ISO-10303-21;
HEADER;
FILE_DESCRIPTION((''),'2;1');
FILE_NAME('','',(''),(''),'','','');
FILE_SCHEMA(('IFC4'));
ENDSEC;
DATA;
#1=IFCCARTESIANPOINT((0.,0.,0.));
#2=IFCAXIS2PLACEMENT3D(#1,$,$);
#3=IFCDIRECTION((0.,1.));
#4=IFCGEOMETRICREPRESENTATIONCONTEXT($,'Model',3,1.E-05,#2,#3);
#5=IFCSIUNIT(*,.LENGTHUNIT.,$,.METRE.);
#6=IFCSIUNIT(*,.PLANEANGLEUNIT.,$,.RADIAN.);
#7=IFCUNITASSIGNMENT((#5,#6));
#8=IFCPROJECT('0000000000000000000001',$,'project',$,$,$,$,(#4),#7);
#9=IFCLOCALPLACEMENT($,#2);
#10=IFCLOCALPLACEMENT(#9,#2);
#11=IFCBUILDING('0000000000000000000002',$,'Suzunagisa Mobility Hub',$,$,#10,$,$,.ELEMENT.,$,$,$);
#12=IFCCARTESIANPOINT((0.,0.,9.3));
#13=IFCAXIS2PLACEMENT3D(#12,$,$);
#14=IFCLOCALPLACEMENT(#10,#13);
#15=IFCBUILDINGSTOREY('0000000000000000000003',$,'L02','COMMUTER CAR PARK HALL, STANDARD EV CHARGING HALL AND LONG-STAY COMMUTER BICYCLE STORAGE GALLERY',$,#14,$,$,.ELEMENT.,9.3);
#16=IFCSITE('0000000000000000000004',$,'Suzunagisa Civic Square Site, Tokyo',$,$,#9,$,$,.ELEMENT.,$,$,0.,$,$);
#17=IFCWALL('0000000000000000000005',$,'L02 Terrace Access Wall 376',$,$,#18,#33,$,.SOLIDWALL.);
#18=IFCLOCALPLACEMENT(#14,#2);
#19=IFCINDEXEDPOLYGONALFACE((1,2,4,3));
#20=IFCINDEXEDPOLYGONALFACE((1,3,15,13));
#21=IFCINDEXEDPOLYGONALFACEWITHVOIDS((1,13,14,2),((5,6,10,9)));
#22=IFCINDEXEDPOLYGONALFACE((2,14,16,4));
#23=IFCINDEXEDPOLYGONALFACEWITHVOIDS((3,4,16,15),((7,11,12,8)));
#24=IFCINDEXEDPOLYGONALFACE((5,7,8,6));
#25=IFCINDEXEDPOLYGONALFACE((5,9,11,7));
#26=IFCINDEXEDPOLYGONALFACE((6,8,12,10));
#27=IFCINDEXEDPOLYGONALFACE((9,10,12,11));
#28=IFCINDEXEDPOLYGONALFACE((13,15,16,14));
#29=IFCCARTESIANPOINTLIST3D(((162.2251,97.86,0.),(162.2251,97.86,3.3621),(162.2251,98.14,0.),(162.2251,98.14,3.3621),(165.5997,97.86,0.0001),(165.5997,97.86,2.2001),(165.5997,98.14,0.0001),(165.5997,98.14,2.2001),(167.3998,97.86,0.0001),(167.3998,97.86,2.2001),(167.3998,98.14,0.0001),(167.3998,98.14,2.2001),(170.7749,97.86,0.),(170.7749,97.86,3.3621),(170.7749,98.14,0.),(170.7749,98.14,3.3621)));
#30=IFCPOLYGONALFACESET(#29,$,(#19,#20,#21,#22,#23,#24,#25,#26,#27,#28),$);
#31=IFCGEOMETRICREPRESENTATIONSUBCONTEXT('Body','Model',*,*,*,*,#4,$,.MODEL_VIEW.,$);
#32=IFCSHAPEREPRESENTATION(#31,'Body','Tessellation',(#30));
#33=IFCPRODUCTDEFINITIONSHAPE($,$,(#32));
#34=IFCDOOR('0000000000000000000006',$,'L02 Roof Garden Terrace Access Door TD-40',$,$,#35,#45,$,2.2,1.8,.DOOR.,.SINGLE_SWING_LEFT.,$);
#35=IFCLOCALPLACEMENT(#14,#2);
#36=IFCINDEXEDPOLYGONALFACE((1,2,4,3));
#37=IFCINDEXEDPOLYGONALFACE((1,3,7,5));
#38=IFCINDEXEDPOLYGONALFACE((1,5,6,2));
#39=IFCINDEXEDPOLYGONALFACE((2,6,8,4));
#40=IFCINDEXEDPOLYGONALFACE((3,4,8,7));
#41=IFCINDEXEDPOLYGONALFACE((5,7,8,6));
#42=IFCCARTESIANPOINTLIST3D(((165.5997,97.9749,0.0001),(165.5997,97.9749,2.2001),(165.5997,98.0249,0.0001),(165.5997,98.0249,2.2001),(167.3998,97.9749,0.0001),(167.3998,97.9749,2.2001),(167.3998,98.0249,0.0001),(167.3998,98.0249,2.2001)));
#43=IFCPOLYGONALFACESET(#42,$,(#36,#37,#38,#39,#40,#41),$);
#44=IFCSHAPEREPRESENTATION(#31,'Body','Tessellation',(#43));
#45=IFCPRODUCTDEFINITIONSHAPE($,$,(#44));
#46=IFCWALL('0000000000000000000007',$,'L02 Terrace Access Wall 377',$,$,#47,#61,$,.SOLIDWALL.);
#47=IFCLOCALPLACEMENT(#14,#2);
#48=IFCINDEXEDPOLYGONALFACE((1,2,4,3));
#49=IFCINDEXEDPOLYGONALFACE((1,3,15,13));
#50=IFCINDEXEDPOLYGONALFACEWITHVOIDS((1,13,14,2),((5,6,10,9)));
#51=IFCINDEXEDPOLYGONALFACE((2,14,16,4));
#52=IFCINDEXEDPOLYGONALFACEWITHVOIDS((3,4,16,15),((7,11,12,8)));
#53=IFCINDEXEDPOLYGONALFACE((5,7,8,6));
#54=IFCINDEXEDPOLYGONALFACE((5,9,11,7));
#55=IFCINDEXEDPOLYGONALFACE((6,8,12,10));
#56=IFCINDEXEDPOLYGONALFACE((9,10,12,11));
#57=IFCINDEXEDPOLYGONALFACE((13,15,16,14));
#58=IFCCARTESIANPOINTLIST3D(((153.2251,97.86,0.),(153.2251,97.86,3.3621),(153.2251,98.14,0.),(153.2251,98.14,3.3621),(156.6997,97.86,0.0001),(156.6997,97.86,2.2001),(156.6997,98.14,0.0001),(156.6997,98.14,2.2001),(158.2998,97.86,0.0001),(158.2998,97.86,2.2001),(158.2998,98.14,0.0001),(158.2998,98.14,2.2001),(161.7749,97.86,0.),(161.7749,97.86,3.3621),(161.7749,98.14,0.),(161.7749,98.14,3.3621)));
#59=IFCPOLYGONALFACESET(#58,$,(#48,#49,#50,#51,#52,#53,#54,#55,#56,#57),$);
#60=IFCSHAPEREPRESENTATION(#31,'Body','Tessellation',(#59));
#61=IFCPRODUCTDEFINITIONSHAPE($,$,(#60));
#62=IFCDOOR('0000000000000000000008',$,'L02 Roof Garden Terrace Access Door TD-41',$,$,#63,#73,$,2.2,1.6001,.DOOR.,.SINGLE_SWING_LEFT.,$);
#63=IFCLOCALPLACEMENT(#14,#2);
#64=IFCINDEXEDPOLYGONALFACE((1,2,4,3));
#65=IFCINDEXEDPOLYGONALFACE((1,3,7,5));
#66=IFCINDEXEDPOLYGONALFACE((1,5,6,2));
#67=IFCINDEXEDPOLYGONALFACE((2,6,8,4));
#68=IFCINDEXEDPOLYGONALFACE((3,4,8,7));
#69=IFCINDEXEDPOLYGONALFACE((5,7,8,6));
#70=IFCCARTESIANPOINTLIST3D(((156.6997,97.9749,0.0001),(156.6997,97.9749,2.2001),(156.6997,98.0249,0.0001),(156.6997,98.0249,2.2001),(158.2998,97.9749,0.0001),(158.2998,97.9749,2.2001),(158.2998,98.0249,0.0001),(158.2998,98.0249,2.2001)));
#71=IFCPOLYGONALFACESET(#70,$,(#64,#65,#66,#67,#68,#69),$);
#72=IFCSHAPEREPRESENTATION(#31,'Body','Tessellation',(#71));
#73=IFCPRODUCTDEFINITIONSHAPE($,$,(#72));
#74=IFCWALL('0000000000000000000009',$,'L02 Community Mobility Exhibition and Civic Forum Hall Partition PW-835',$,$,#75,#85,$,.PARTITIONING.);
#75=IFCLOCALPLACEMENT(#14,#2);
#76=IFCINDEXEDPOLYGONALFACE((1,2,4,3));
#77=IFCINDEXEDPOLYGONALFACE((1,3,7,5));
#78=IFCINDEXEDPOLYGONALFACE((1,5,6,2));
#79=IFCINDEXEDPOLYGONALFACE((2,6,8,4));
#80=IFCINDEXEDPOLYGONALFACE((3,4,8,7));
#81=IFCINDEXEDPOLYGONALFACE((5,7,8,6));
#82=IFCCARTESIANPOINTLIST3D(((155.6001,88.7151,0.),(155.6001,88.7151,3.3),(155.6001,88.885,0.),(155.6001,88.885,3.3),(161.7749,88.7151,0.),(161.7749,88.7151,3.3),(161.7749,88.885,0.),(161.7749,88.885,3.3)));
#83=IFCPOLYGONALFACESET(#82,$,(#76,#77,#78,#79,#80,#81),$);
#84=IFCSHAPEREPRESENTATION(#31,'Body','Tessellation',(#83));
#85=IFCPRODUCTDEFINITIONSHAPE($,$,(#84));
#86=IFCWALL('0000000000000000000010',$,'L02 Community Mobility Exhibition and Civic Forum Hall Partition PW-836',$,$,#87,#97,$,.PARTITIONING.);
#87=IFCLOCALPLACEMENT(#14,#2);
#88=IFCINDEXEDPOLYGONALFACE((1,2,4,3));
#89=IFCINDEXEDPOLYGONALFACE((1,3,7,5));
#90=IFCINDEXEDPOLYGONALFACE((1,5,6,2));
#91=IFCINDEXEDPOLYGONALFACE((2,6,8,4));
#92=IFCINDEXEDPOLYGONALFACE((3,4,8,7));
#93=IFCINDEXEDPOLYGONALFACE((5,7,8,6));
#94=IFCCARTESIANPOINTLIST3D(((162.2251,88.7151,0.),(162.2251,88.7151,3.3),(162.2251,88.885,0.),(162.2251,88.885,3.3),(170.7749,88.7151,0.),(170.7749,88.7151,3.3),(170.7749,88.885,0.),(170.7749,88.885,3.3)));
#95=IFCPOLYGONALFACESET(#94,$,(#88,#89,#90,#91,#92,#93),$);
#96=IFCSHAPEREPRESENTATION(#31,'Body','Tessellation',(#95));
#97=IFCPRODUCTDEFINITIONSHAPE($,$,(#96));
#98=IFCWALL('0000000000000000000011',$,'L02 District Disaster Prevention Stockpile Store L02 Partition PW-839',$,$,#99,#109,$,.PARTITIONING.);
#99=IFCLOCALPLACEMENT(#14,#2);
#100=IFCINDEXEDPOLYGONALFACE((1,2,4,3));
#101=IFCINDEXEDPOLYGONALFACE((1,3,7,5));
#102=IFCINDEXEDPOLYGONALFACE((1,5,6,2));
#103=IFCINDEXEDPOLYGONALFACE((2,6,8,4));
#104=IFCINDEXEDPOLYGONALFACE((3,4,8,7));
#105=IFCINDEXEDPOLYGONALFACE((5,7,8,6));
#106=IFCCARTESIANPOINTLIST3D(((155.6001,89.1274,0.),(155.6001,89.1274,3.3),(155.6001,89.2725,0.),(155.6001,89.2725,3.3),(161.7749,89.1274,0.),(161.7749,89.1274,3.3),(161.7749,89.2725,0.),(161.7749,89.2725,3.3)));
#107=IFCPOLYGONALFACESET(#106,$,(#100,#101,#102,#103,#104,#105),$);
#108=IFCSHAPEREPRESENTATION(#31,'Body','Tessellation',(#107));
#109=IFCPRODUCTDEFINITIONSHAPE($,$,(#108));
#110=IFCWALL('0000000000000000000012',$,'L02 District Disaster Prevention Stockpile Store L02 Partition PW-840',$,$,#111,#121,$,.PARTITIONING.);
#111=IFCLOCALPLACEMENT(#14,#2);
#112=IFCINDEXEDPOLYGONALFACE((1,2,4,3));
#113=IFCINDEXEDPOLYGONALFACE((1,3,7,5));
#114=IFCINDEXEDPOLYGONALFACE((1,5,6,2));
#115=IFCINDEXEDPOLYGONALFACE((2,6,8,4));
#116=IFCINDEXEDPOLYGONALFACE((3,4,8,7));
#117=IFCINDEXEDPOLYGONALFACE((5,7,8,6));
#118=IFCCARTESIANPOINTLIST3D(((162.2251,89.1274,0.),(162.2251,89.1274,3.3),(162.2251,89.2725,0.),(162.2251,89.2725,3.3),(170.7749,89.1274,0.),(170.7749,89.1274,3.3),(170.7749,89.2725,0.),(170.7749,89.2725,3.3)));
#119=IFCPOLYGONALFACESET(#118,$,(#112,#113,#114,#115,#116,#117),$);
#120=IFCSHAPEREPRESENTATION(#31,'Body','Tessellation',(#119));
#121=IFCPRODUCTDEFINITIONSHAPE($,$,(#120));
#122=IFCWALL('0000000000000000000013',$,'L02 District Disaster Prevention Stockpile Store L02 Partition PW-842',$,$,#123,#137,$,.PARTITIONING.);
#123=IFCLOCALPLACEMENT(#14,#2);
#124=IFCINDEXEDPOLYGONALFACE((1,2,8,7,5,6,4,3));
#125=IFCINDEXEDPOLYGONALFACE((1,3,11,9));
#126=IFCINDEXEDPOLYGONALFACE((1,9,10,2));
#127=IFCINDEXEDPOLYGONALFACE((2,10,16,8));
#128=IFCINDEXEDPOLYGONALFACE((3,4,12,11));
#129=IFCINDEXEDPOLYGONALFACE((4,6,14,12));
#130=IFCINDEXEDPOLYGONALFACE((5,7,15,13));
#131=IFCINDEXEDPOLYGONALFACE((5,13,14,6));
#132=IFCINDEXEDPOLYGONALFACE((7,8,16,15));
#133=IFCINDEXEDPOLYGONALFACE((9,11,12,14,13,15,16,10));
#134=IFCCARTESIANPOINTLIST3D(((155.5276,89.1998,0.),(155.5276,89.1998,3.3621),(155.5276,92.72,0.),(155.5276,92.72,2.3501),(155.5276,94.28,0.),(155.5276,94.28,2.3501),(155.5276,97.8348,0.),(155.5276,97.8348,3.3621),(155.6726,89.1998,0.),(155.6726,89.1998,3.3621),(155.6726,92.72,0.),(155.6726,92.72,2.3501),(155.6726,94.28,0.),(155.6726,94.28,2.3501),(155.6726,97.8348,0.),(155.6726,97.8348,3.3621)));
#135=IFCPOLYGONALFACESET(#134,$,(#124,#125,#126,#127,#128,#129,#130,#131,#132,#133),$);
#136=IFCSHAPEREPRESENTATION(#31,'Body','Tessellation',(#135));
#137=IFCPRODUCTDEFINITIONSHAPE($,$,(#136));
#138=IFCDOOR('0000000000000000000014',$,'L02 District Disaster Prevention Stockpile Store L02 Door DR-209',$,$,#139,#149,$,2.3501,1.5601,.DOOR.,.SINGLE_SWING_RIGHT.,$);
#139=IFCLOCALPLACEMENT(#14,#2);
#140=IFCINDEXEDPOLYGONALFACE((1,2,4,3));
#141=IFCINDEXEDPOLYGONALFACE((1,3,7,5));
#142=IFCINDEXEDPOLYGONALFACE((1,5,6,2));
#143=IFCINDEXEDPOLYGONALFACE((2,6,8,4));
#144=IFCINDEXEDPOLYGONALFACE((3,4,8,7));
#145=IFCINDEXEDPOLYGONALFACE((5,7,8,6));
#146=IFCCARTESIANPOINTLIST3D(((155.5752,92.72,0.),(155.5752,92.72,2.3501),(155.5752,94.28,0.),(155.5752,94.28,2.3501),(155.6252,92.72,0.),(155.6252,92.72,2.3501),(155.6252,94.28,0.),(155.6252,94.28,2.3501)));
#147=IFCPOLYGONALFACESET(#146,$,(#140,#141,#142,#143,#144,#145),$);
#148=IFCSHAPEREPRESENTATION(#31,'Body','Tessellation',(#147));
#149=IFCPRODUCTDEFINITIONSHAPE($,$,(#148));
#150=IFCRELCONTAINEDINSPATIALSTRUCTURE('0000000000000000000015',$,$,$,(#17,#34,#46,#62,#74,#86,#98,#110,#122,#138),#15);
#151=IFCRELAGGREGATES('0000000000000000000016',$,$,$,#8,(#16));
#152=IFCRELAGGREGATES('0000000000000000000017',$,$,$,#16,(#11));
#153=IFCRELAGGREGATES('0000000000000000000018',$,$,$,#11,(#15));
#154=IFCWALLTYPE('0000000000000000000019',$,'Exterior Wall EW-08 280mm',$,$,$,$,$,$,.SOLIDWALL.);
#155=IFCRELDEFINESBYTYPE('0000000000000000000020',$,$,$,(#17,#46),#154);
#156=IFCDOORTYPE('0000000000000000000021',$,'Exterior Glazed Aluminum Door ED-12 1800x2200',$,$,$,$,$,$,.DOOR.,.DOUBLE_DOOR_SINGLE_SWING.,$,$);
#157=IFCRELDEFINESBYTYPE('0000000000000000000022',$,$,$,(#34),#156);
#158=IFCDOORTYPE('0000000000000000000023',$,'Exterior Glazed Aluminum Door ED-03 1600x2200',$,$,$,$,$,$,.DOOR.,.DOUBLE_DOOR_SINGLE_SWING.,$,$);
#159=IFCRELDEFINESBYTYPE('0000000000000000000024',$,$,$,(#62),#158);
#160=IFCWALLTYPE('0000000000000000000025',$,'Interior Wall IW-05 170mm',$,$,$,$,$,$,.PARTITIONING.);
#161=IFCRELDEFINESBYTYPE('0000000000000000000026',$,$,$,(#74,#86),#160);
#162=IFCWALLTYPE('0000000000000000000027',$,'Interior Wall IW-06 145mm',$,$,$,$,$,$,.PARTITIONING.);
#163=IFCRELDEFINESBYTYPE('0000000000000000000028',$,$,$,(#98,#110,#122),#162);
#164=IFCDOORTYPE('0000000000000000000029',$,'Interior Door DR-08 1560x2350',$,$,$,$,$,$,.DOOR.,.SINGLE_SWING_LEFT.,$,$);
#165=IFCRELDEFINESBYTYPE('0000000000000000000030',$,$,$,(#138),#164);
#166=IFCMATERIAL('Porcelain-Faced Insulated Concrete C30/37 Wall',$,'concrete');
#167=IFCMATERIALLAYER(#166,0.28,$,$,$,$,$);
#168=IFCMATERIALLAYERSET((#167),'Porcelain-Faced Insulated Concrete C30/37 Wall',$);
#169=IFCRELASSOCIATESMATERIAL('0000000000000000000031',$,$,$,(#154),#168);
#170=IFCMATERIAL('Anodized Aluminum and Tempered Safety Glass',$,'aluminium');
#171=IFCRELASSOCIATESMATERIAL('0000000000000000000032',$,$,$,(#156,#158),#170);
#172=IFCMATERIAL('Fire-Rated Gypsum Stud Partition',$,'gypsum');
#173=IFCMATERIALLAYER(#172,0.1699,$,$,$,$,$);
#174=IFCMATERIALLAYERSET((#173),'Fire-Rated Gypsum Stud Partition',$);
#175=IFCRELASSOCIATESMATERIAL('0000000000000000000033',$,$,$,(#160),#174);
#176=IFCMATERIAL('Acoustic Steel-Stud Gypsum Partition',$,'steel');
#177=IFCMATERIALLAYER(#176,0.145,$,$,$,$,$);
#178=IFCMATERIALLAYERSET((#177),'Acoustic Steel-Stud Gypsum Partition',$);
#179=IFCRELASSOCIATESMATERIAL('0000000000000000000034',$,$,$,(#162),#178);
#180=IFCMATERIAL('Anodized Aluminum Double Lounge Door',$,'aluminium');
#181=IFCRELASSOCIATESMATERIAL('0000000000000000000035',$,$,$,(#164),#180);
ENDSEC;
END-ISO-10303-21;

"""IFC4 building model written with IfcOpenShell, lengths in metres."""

from ifc_helpers import new_model, si_unit, direction, frame, frame_2d, origin, place, context, subcontext, project, spatial, rectangle, extrude, material, layer, layer_set, type_object, element, fill, save


model = new_model("IFC4")

# Units and contexts
model_context = context("Model", 3, precision=1e-05, world=origin(), true_north=direction((0.0, 1.0)))
body_context = subcontext(model_context, "Body", "Model", "MODEL_VIEW")
ifc_project = project(units=[si_unit("LENGTHUNIT", "METRE"), si_unit("PLANEANGLEUNIT", "RADIAN")], contexts=[model_context])

# Site, building, storey
site_placement = place(None, origin())
site = spatial("IfcSite", under=ifc_project, at=site_placement, Name="Suzunagisa Civic Square Site, Tokyo", CompositionType="ELEMENT", RefElevation=0.0)
building_placement = place(site_placement, origin())
building = spatial("IfcBuilding", under=site, at=building_placement, Name="Suzunagisa Mobility Hub", CompositionType="ELEMENT")
storey_placement = place(building_placement, frame((0.0, 0.0, 9.3)))
storey = spatial("IfcBuildingStorey", under=building, at=storey_placement, Name="L02", Description="COMMUTER CAR PARK HALL, STANDARD EV CHARGING HALL AND LONG-STAY COMMUTER BICYCLE STORAGE GALLERY", CompositionType="ELEMENT", Elevation=9.3)

# Walls, openings, doors
ifc_material_1 = material(Name="Porcelain-Faced Insulated Concrete C30/37 Wall", Category="concrete")
ifc_layer_1 = layer(ifc_material_1, 0.28)
ifc_layer_set_1 = layer_set([ifc_layer_1], Name="Porcelain-Faced Insulated Concrete C30/37 Wall")
wall_type_1 = type_object("IfcWallType", Name="Exterior Wall EW-08 280mm", PredefinedType="SOLIDWALL", material=ifc_layer_set_1)
wall_1_placement = place(storey_placement, frame((170.7749, 98.0, 0.0), z_axis=(0.0, 0.0, 1.0), x_axis=(-1.0, 0.0, 0.0)))
wall_1 = element("IfcWall", 1, at=wall_1_placement, inside=storey, type_object=wall_type_1, Name="L02 Terrace Access Wall 376", PredefinedType="SOLIDWALL", context=body_context, shape_type="SweptSolid", body=[
    extrude(rectangle(XDim=8.5498, YDim=0.28, at=frame_2d((4.2749, 0.0))), origin(), (0.0, 0.0, 1.0), 3.3621),
])
opening_1_placement = place(wall_1_placement, frame((5.175, 0.0, 0.0), z_axis=(0.0, 0.0, 1.0), x_axis=(-1.0, 0.0, 0.0)))
opening_1 = element("IfcOpeningElement", 2, at=opening_1_placement, cuts=wall_1, PredefinedType="OPENING", context=body_context, shape_type="SweptSolid", body=[
    extrude(rectangle(XDim=1.8, YDim=2.2, at=frame_2d((0.8999, 1.1001))), frame((0.0, 0.1509, 0.0), z_axis=(0.0, -1.0, 0.0), x_axis=(1.0, 0.0, 0.0)), (0.0, 0.0, 1.0), 0.302),
])
ifc_material_2 = material(Name="Anodized Aluminum and Tempered Safety Glass", Category="aluminium")
door_type_1 = type_object("IfcDoorType", Name="Exterior Glazed Aluminum Door ED-12 1800x2200", OperationType="DOUBLE_DOOR_SINGLE_SWING", PredefinedType="DOOR", material=ifc_material_2)
door_1_placement = place(opening_1_placement, origin())
door_1 = element("IfcDoor", 3, at=door_1_placement, inside=storey, type_object=door_type_1, Name="L02 Roof Garden Terrace Access Door TD-40", OperationType="SINGLE_SWING_LEFT", OverallHeight=2.2, OverallWidth=1.8, PredefinedType="DOOR", context=body_context, shape_type="SweptSolid", body=[
    extrude(rectangle(XDim=1.8, YDim=2.2, at=frame_2d((0.8999, 1.1001))), frame((0.0, 0.0249, 0.0), z_axis=(0.0, -1.0, 0.0), x_axis=(1.0, 0.0, 0.0)), (0.0, 0.0, 1.0), 0.05),
])
fill(opening_1, door_1)
wall_2_placement = place(storey_placement, frame((161.7749, 98.0, 0.0), z_axis=(0.0, 0.0, 1.0), x_axis=(-1.0, 0.0, 0.0)))
wall_2 = element("IfcWall", 4, at=wall_2_placement, inside=storey, type_object=wall_type_1, Name="L02 Terrace Access Wall 377", PredefinedType="SOLIDWALL", context=body_context, shape_type="SweptSolid", body=[
    extrude(rectangle(XDim=8.5498, YDim=0.28, at=frame_2d((4.2749, 0.0))), origin(), (0.0, 0.0, 1.0), 3.3621),
])
opening_2_placement = place(wall_2_placement, frame((5.0752, 0.0, 0.0), z_axis=(0.0, 0.0, 1.0), x_axis=(-1.0, 0.0, 0.0)))
opening_2 = element("IfcOpeningElement", 5, at=opening_2_placement, cuts=wall_2, PredefinedType="OPENING", context=body_context, shape_type="SweptSolid", body=[
    extrude(rectangle(XDim=1.6001, YDim=2.2, at=frame_2d((0.8, 1.1001))), frame((0.0, 0.1509, 0.0), z_axis=(0.0, -1.0, 0.0), x_axis=(1.0, 0.0, 0.0)), (0.0, 0.0, 1.0), 0.302),
])
door_type_2 = type_object("IfcDoorType", Name="Exterior Glazed Aluminum Door ED-03 1600x2200", OperationType="DOUBLE_DOOR_SINGLE_SWING", PredefinedType="DOOR", material=ifc_material_2)
door_2_placement = place(opening_2_placement, origin())
door_2 = element("IfcDoor", 6, at=door_2_placement, inside=storey, type_object=door_type_2, Name="L02 Roof Garden Terrace Access Door TD-41", OperationType="SINGLE_SWING_LEFT", OverallHeight=2.2, OverallWidth=1.6001, PredefinedType="DOOR", context=body_context, shape_type="SweptSolid", body=[
    extrude(rectangle(XDim=1.6001, YDim=2.2, at=frame_2d((0.8, 1.1001))), frame((0.0, 0.0249, 0.0), z_axis=(0.0, -1.0, 0.0), x_axis=(1.0, 0.0, 0.0)), (0.0, 0.0, 1.0), 0.05),
])
fill(opening_2, door_2)

# Walls
ifc_material_3 = material(Name="Fire-Rated Gypsum Stud Partition", Category="gypsum")
ifc_layer_2 = layer(ifc_material_3, 0.1699)
ifc_layer_set_2 = layer_set([ifc_layer_2], Name="Fire-Rated Gypsum Stud Partition")
wall_type_2 = type_object("IfcWallType", Name="Interior Wall IW-05 170mm", PredefinedType="PARTITIONING", material=ifc_layer_set_2)
wall_3_placement = place(storey_placement, frame((155.6001, 88.8, 0.0), z_axis=(0.0, 0.0, 1.0), x_axis=(1.0, 0.0, 0.0)))
element("IfcWall", 7, at=wall_3_placement, inside=storey, type_object=wall_type_2, Name="L02 Community Mobility Exhibition and Civic Forum Hall Partition PW-835", PredefinedType="PARTITIONING", context=body_context, shape_type="SweptSolid", body=[
    extrude(rectangle(XDim=6.1748, YDim=0.1699, at=frame_2d((3.0874, 0.0))), origin(), (0.0, 0.0, 1.0), 3.3),
])
wall_4_placement = place(storey_placement, frame((162.2251, 88.8, 0.0), z_axis=(0.0, 0.0, 1.0), x_axis=(1.0, 0.0, 0.0)))
element("IfcWall", 8, at=wall_4_placement, inside=storey, type_object=wall_type_2, Name="L02 Community Mobility Exhibition and Civic Forum Hall Partition PW-836", PredefinedType="PARTITIONING", context=body_context, shape_type="SweptSolid", body=[
    extrude(rectangle(XDim=8.5498, YDim=0.1699, at=frame_2d((4.2749, 0.0))), origin(), (0.0, 0.0, 1.0), 3.3),
])
ifc_material_4 = material(Name="Acoustic Steel-Stud Gypsum Partition", Category="steel")
ifc_layer_3 = layer(ifc_material_4, 0.145)
ifc_layer_set_3 = layer_set([ifc_layer_3], Name="Acoustic Steel-Stud Gypsum Partition")
wall_type_3 = type_object("IfcWallType", Name="Interior Wall IW-06 145mm", PredefinedType="PARTITIONING", material=ifc_layer_set_3)
wall_5_placement = place(storey_placement, frame((155.6001, 89.2, 0.0), z_axis=(0.0, 0.0, 1.0), x_axis=(1.0, 0.0, 0.0)))
element("IfcWall", 9, at=wall_5_placement, inside=storey, type_object=wall_type_3, Name="L02 District Disaster Prevention Stockpile Store L02 Partition PW-839", PredefinedType="PARTITIONING", context=body_context, shape_type="SweptSolid", body=[
    extrude(rectangle(XDim=6.1748, YDim=0.145, at=frame_2d((3.0874, 0.0))), origin(), (0.0, 0.0, 1.0), 3.3),
])
wall_6_placement = place(storey_placement, frame((162.2251, 89.2, 0.0), z_axis=(0.0, 0.0, 1.0), x_axis=(1.0, 0.0, 0.0)))
element("IfcWall", 10, at=wall_6_placement, inside=storey, type_object=wall_type_3, Name="L02 District Disaster Prevention Stockpile Store L02 Partition PW-840", PredefinedType="PARTITIONING", context=body_context, shape_type="SweptSolid", body=[
    extrude(rectangle(XDim=8.5498, YDim=0.145, at=frame_2d((4.2749, 0.0))), origin(), (0.0, 0.0, 1.0), 3.3),
])

# Wall, opening, door
wall_7_placement = place(storey_placement, frame((155.6001, 89.2, 0.0), z_axis=(0.0, 0.0, 1.0), x_axis=(0.0, 1.0, 0.0)))
wall_7 = element("IfcWall", 11, at=wall_7_placement, inside=storey, type_object=wall_type_3, Name="L02 District Disaster Prevention Stockpile Store L02 Partition PW-842", PredefinedType="PARTITIONING", context=body_context, shape_type="SweptSolid", body=[
    extrude(rectangle(XDim=8.635, YDim=0.145, at=frame_2d((4.3174, 0.0))), origin(), (0.0, 0.0, 1.0), 3.3621),
])
opening_3_placement = place(wall_7_placement, frame((3.52, 0.0, 0.0)))
opening_3 = element("IfcOpeningElement", 12, at=opening_3_placement, cuts=wall_7, PredefinedType="OPENING", context=body_context, shape_type="SweptSolid", body=[
    extrude(rectangle(XDim=1.5601, YDim=2.3501, at=frame_2d((0.78, 1.175))), frame((0.0, 0.0835, 0.0), z_axis=(0.0, -1.0, 0.0), x_axis=(1.0, 0.0, 0.0)), (0.0, 0.0, 1.0), 0.167),
])
ifc_material_5 = material(Name="Anodized Aluminum Double Lounge Door", Category="aluminium")
door_type_3 = type_object("IfcDoorType", Name="Interior Door DR-08 1560x2350", OperationType="SINGLE_SWING_LEFT", PredefinedType="DOOR", material=ifc_material_5)
door_3_placement = place(opening_3_placement, origin())
door_3 = element("IfcDoor", 13, at=door_3_placement, inside=storey, type_object=door_type_3, Name="L02 District Disaster Prevention Stockpile Store L02 Door DR-209", OperationType="SINGLE_SWING_RIGHT", OverallHeight=2.3501, OverallWidth=1.5601, PredefinedType="DOOR", context=body_context, shape_type="SweptSolid", body=[
    extrude(rectangle(XDim=1.5601, YDim=2.3501, at=frame_2d((0.78, 1.175))), frame((0.0, 0.0249, 0.0), z_axis=(0.0, -1.0, 0.0), x_axis=(1.0, 0.0, 0.0)), (0.0, 0.0, 1.0), 0.05),
])
fill(opening_3, door_3)

save(model, "model.ifc")
